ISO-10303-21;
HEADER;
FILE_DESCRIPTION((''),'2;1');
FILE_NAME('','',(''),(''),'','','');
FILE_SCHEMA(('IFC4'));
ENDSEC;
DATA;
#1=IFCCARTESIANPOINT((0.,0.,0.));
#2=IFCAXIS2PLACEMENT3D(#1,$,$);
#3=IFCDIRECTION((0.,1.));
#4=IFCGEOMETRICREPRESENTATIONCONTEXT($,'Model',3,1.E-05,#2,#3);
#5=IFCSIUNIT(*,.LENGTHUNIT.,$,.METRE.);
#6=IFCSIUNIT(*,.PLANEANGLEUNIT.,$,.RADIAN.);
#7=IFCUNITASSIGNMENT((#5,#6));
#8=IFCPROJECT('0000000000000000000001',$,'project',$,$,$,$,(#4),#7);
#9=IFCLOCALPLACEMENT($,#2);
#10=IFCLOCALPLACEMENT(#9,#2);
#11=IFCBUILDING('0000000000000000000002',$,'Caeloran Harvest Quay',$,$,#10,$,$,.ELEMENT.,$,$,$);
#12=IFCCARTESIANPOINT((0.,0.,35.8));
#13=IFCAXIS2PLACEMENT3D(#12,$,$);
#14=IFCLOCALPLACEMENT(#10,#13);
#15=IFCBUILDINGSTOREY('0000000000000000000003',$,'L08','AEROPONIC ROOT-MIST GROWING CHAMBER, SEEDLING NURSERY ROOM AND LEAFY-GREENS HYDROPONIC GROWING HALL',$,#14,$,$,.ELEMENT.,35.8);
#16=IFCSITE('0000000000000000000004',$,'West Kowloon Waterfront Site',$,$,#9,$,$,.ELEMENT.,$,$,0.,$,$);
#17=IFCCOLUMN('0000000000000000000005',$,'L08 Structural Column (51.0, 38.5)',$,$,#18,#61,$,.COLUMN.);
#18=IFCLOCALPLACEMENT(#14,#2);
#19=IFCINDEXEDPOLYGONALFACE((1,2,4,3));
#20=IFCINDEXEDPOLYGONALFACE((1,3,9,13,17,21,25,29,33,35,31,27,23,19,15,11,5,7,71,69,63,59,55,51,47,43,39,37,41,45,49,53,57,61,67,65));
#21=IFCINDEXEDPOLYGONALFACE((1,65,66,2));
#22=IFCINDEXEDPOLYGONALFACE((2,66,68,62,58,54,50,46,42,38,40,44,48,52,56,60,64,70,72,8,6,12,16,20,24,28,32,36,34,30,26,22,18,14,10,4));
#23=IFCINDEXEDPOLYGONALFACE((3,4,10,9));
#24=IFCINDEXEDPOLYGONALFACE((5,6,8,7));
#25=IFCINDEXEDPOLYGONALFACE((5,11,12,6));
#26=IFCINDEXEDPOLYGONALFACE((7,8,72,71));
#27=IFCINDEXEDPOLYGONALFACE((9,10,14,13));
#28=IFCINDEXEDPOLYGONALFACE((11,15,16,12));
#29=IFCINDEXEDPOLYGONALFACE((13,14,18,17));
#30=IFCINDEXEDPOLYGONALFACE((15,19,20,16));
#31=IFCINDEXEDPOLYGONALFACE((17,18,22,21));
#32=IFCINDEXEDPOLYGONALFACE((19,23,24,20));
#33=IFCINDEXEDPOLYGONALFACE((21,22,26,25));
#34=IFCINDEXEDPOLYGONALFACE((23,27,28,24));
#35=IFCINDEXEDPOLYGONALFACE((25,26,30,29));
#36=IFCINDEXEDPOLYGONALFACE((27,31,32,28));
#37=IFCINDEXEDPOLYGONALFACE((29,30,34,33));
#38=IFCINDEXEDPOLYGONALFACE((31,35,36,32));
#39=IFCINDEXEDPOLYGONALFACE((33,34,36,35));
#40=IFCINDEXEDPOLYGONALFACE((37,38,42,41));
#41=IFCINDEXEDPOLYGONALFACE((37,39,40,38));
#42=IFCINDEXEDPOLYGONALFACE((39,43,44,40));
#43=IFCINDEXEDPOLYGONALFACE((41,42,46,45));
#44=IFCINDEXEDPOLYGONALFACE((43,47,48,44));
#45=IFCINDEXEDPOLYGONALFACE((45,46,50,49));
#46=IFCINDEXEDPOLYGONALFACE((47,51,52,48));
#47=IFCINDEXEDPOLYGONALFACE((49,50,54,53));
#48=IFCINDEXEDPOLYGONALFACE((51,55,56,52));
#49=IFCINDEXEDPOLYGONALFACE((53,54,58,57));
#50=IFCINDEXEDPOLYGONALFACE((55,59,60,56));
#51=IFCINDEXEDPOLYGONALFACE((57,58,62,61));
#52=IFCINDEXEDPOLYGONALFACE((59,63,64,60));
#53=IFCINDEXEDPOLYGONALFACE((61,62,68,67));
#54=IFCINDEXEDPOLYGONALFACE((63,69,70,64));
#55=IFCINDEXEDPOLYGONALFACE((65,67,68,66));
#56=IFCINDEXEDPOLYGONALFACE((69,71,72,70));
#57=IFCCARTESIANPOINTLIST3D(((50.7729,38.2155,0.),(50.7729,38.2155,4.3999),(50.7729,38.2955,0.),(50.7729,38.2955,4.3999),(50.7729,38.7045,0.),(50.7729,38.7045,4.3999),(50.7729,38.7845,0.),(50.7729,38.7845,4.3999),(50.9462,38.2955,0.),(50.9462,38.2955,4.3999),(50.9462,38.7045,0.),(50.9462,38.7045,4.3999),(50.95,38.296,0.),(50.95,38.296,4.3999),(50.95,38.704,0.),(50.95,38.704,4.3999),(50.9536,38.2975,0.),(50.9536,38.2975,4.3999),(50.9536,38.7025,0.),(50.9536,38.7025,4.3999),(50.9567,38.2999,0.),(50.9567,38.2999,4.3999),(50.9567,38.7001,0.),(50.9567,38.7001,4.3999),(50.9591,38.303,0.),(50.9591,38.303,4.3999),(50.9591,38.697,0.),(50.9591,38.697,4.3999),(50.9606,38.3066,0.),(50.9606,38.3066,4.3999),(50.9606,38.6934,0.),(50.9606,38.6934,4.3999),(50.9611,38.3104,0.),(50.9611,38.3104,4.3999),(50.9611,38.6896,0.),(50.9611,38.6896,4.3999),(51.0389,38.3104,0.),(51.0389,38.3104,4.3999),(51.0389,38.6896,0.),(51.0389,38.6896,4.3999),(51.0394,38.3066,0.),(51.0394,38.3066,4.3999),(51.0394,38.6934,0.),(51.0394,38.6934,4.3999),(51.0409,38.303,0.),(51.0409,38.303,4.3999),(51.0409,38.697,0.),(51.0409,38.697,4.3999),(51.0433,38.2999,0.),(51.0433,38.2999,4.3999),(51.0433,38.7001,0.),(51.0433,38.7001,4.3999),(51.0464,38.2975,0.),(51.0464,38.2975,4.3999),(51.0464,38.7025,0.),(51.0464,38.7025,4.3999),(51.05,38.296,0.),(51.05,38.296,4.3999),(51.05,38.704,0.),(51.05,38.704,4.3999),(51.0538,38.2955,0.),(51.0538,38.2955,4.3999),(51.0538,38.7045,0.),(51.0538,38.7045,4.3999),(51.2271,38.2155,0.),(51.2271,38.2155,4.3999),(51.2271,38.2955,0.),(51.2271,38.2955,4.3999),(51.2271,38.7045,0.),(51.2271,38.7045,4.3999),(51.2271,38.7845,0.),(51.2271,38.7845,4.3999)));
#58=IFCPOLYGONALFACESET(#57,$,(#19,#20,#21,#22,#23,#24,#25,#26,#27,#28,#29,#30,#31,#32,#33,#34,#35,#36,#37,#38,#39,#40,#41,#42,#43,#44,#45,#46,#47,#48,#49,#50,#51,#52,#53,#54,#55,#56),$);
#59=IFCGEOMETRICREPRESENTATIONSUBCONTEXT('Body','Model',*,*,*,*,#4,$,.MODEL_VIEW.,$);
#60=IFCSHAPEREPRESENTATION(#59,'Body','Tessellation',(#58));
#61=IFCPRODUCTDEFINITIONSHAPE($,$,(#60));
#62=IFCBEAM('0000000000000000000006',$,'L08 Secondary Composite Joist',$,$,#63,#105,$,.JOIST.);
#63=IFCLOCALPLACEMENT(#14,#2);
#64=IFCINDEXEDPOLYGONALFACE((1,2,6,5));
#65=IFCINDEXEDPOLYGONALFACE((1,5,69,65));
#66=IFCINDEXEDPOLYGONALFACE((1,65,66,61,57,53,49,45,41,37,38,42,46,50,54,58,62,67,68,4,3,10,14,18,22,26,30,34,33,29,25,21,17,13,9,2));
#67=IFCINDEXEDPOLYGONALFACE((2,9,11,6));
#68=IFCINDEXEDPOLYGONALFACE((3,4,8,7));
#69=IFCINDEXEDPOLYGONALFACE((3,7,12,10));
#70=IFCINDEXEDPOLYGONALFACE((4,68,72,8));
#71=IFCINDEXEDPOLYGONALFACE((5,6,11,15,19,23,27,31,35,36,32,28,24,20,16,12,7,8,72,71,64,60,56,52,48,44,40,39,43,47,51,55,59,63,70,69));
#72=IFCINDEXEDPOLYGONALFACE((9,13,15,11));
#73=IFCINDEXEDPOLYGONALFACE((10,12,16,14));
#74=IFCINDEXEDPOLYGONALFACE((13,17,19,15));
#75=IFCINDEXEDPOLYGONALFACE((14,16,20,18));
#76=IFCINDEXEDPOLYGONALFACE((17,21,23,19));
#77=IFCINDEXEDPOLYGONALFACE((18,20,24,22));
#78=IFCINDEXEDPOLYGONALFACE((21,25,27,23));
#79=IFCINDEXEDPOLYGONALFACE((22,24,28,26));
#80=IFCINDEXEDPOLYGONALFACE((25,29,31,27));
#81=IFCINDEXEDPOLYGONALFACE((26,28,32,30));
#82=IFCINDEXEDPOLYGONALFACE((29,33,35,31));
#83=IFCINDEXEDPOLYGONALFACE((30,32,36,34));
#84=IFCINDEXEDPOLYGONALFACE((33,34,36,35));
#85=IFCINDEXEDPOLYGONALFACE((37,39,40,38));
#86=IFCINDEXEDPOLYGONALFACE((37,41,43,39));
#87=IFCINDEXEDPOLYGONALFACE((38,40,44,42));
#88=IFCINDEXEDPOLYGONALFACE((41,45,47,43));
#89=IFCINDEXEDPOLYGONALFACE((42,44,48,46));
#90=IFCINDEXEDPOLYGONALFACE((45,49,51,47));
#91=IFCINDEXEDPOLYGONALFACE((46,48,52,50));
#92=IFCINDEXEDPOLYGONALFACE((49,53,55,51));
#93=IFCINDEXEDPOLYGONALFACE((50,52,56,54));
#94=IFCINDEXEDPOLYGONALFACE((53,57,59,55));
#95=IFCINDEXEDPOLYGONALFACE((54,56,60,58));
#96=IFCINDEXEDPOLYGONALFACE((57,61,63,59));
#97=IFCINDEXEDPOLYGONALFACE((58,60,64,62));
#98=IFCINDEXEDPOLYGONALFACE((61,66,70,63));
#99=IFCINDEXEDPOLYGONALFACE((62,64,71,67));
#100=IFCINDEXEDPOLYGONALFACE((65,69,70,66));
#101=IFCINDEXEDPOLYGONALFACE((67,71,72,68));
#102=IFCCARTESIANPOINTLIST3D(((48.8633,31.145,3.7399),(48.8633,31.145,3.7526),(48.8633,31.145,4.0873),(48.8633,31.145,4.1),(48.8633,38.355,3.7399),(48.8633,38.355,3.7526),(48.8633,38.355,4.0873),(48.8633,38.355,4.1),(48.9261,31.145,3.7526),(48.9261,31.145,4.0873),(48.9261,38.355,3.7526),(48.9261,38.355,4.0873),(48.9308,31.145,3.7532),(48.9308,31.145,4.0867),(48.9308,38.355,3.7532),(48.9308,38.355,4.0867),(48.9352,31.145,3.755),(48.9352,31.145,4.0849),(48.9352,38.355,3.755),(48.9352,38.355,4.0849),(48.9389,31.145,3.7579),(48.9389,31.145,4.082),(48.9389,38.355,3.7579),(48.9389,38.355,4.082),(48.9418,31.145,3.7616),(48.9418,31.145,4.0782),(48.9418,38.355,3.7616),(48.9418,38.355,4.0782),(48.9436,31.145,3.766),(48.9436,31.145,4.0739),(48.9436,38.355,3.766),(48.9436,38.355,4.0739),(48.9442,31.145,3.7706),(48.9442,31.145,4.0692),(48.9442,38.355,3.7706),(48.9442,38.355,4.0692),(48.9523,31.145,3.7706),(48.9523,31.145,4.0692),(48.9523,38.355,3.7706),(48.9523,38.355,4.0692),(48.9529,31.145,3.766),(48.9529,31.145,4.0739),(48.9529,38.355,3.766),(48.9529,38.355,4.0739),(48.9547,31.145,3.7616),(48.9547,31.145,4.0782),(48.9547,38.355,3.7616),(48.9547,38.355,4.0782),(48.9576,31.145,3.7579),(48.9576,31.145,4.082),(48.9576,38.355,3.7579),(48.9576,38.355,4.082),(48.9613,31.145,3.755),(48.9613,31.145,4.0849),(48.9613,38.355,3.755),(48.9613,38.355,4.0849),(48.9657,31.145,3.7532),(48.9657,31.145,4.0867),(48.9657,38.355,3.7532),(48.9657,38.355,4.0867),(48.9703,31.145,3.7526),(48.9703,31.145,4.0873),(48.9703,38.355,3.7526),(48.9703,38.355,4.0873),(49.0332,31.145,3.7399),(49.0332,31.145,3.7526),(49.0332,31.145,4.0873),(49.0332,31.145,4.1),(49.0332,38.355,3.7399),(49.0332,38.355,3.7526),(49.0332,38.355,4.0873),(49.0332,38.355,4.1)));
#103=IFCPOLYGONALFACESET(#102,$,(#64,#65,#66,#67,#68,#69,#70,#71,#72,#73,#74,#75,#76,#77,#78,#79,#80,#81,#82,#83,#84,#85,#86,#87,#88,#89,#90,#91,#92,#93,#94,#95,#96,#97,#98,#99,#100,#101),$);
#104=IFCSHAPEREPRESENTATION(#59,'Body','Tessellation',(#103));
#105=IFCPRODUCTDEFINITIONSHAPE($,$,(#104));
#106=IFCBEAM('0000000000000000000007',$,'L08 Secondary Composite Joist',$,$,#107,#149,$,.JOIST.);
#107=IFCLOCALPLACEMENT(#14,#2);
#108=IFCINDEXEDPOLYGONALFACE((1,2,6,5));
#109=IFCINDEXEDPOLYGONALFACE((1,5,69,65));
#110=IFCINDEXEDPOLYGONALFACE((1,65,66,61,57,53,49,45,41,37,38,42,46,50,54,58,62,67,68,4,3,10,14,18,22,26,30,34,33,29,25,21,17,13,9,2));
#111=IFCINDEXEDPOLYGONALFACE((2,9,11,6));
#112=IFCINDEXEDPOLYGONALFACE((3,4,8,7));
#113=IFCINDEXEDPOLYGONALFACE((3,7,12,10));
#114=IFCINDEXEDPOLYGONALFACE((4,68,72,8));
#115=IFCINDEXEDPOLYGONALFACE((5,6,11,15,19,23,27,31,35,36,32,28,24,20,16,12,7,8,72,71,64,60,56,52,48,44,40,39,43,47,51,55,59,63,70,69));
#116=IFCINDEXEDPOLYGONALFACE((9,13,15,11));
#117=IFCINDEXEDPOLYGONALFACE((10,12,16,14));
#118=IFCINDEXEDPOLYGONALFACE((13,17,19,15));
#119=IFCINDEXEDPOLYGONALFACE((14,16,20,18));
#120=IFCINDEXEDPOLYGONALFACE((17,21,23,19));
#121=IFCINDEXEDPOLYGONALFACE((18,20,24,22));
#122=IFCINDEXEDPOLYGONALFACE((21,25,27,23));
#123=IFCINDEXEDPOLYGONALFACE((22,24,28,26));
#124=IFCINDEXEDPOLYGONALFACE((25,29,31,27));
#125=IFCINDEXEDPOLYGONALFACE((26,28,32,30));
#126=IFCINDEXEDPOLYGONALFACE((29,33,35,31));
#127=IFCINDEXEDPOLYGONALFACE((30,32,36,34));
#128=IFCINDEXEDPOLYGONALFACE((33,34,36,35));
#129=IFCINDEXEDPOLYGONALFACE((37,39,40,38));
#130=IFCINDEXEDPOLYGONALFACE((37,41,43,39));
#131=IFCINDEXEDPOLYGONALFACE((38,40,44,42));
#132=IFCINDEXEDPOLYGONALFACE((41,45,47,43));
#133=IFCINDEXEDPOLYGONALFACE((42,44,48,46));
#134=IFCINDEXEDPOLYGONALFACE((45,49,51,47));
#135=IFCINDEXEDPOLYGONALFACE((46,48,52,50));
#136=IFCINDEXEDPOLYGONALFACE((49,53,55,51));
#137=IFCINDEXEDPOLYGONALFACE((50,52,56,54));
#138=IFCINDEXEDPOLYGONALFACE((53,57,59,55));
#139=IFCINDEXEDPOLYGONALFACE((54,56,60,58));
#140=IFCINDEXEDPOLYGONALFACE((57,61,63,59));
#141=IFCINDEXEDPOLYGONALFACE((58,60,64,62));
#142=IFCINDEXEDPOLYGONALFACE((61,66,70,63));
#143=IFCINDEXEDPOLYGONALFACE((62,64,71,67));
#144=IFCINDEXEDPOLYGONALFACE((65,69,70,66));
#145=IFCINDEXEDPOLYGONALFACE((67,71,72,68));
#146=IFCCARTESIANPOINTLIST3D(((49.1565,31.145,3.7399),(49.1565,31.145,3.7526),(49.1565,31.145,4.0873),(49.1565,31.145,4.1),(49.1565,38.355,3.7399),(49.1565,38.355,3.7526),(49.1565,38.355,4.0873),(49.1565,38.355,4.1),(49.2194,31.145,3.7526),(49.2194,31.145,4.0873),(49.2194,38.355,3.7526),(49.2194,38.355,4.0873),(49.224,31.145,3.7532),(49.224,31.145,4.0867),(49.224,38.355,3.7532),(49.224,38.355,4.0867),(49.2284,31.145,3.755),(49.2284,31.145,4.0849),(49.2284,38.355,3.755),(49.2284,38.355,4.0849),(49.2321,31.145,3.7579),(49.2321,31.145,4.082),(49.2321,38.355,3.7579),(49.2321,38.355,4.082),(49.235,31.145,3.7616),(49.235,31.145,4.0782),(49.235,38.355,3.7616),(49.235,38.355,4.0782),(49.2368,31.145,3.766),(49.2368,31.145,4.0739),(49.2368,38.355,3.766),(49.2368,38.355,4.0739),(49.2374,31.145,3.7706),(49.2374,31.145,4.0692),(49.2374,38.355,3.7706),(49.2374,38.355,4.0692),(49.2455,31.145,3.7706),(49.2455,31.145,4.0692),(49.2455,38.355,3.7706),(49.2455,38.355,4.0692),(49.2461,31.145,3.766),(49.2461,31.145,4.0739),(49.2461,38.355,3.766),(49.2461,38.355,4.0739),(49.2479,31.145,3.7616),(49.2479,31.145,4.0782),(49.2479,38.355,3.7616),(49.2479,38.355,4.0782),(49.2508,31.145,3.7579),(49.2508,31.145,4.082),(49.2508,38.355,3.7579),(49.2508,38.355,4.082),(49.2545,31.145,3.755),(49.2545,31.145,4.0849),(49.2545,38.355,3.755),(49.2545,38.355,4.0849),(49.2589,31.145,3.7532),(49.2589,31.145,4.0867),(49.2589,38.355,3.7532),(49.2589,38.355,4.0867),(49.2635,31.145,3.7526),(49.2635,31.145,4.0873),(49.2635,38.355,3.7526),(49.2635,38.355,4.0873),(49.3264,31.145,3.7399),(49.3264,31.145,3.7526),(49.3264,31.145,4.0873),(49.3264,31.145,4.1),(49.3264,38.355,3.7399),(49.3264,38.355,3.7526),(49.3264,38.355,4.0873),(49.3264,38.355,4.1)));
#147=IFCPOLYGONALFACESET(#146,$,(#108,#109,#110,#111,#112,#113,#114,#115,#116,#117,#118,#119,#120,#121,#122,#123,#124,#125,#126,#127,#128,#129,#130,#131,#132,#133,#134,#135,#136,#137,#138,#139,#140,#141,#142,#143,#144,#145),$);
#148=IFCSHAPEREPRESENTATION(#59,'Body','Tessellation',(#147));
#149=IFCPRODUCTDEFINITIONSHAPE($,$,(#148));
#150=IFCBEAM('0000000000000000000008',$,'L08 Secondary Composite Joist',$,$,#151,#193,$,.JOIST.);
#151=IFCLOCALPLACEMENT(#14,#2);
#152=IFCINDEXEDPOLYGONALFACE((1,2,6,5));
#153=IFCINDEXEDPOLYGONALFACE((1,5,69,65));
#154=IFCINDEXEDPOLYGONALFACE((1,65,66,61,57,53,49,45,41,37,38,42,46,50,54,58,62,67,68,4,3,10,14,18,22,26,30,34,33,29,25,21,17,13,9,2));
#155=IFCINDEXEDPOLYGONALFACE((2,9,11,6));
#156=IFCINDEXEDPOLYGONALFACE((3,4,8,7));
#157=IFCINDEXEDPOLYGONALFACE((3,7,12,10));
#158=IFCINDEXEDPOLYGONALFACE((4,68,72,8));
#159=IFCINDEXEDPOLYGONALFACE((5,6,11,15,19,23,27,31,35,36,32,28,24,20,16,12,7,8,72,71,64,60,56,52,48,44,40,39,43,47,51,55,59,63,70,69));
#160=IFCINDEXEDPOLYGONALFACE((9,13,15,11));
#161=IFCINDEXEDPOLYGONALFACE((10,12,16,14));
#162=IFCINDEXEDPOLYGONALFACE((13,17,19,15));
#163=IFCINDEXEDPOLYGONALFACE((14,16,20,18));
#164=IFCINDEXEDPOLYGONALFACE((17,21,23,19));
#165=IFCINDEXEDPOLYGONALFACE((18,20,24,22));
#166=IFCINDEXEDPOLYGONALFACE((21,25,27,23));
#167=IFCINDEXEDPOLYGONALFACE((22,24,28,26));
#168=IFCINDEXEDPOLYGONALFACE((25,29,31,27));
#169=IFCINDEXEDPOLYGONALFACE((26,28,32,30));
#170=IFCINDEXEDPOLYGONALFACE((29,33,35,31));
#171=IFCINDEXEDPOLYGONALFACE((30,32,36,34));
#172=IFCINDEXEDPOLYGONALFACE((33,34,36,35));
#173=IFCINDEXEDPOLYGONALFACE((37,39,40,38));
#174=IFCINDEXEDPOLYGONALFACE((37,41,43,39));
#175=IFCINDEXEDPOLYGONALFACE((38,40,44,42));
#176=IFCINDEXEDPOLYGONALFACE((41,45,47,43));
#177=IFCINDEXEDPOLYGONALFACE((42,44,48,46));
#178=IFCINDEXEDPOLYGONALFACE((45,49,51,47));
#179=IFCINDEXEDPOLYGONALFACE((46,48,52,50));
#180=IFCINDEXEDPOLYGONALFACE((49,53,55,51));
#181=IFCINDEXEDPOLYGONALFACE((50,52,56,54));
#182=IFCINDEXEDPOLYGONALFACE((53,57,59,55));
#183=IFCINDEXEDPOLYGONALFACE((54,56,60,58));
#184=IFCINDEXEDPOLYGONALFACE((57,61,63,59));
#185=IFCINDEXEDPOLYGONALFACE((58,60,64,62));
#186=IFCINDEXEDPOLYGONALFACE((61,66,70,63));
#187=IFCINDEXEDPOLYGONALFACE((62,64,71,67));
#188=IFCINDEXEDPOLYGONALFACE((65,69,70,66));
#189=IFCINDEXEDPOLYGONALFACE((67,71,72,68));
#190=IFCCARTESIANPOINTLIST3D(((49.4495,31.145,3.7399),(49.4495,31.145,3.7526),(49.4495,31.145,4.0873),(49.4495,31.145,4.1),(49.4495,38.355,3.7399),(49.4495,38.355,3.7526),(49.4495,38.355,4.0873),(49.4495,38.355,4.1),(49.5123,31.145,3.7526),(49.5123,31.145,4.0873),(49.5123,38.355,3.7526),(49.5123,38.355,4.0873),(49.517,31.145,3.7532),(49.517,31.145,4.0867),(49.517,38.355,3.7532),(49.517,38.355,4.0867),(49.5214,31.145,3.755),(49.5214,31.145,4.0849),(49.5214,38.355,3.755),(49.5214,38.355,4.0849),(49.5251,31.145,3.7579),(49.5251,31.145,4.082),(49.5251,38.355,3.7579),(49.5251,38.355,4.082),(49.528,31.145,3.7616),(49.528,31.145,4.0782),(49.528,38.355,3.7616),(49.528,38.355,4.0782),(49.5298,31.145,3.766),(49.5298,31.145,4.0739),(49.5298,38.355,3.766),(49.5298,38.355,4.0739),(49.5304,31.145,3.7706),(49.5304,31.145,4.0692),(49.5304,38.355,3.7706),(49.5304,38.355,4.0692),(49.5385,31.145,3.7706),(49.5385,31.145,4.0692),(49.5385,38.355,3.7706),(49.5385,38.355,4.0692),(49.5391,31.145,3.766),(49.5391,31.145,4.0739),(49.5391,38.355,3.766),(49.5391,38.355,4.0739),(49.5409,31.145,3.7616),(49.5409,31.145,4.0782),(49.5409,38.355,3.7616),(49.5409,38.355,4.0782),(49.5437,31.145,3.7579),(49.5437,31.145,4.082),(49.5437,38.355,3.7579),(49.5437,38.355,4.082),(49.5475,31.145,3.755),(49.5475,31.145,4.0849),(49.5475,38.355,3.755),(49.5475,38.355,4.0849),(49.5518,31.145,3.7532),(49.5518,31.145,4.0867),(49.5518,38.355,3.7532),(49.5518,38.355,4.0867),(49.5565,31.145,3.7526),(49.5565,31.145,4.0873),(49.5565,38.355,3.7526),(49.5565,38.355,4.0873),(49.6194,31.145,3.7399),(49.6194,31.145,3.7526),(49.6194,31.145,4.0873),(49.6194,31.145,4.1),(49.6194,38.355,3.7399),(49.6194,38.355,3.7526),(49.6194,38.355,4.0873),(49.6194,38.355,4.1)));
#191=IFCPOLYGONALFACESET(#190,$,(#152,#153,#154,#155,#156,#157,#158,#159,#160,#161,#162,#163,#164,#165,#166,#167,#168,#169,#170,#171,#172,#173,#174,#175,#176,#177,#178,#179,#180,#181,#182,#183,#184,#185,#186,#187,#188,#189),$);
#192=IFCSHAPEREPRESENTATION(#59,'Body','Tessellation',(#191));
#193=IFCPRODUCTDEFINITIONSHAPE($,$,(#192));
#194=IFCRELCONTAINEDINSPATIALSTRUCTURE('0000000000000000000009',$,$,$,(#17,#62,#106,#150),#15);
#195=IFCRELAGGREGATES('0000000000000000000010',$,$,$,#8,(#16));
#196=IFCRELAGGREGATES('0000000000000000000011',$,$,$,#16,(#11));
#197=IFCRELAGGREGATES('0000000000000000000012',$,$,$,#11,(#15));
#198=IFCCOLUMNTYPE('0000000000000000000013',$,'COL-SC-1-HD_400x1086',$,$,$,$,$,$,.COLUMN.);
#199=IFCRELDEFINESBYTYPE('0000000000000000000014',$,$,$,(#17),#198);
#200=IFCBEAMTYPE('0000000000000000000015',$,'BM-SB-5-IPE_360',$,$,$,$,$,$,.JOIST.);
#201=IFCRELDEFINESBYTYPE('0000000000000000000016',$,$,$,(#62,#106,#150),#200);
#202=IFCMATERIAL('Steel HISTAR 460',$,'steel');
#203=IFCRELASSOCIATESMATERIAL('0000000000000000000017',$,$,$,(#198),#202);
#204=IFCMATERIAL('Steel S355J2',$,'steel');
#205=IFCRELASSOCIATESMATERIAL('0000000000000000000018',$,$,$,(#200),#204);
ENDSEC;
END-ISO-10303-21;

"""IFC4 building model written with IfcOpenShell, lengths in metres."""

from ifc_helpers import new_model, si_unit, direction, frame, origin, origin_2d, place, context, subcontext, project, spatial, i_section, extrude, material, material_profile, profile_set, type_object, element, save


model = new_model("IFC4")

# Units and contexts
model_context = context("Model", 3, precision=1e-05, world=origin(), true_north=direction((0.0, 1.0)))
body_context = subcontext(model_context, "Body", "Model", "MODEL_VIEW")
ifc_project = project(units=[si_unit("LENGTHUNIT", "METRE"), si_unit("PLANEANGLEUNIT", "RADIAN")], contexts=[model_context])

# Site, building, storey
site_placement = place(None, origin())
site = spatial("IfcSite", under=ifc_project, at=site_placement, Name="West Kowloon Waterfront Site", CompositionType="ELEMENT", RefElevation=0.0)
building_placement = place(site_placement, origin())
building = spatial("IfcBuilding", under=site, at=building_placement, Name="Caeloran Harvest Quay", CompositionType="ELEMENT")
storey_placement = place(building_placement, frame((0.0, 0.0, 35.8)))
storey = spatial("IfcBuildingStorey", under=building, at=storey_placement, Name="L08", Description="AEROPONIC ROOT-MIST GROWING CHAMBER, SEEDLING NURSERY ROOM AND LEAFY-GREENS HYDROPONIC GROWING HALL", CompositionType="ELEMENT", Elevation=35.8)

# Column
ifc_material_1 = material(Name="Steel HISTAR 460", Category="steel")
ifc_material_profile_1 = material_profile(ifc_material_1, i_section(OverallWidth=0.4541, OverallDepth=0.5691, WebThickness=0.0779, FlangeThickness=0.0801, FilletRadius=0.0149, at=origin_2d()), Name="HD 400x1086")
ifc_profile_set_1 = profile_set([ifc_material_profile_1], Name="Steel HISTAR 460")
column_type = type_object("IfcColumnType", Name="COL-SC-1-HD_400x1086", PredefinedType="COLUMN", material=ifc_profile_set_1)
column_placement = place(storey_placement, frame((51.0, 38.5, 0.0), z_axis=(0.0, 0.0, 1.0), x_axis=(1.0, 0.0, 0.0)))
element("IfcColumn", 1, at=column_placement, inside=storey, type_object=column_type, Name="L08 Structural Column (51.0, 38.5)", PredefinedType="COLUMN", context=body_context, shape_type="SweptSolid", body=[
    extrude(i_section(OverallWidth=0.4541, OverallDepth=0.5691, WebThickness=0.0779, FlangeThickness=0.0801, FilletRadius=0.0149, at=origin_2d()), origin(), (0.0, 0.0, 1.0), 4.3999),
])

# Beams
ifc_material_2 = material(Name="Steel S355J2", Category="steel")
ifc_material_profile_2 = material_profile(ifc_material_2, i_section(OverallWidth=0.1699, OverallDepth=0.3601, WebThickness=0.0081, FlangeThickness=0.0127, FilletRadius=0.0181, at=origin_2d()), Name="IPE 360")
ifc_profile_set_2 = profile_set([ifc_material_profile_2], Name="Steel S355J2")
beam_type_1 = type_object("IfcBeamType", Name="BM-SB-5-IPE_360", PredefinedType="JOIST", material=ifc_profile_set_2)
for number, where, z_axis, x_axis, name in (
    (2, (48.9482, 31.145, 3.9199), (0.0, 1.0, 0.0), (-1.0, 0.0, 0.0), "L08 Secondary Composite Joist"),
    (3, (49.2415, 31.145, 3.9199), (0.0, 1.0, 0.0), (-1.0, 0.0, 0.0), "L08 Secondary Composite Joist"),
    (4, (49.5344, 31.145, 3.9199), (0.0, 1.0, 0.0), (-1.0, 0.0, 0.0), "L08 Secondary Composite Joist"),
):
    element("IfcBeam", number, at=place(storey_placement, frame(where, z_axis=z_axis, x_axis=x_axis)), inside=storey, type_object=beam_type_1, Name=name, PredefinedType="JOIST", context=body_context, shape_type="SweptSolid", body=[
        extrude(i_section(OverallWidth=0.1699, OverallDepth=0.3601, WebThickness=0.0081, FlangeThickness=0.0127, FilletRadius=0.0181, at=origin_2d()), origin(), (0.0, 0.0, 1.0), 7.21),
    ])

save(model, "model.ifc")
